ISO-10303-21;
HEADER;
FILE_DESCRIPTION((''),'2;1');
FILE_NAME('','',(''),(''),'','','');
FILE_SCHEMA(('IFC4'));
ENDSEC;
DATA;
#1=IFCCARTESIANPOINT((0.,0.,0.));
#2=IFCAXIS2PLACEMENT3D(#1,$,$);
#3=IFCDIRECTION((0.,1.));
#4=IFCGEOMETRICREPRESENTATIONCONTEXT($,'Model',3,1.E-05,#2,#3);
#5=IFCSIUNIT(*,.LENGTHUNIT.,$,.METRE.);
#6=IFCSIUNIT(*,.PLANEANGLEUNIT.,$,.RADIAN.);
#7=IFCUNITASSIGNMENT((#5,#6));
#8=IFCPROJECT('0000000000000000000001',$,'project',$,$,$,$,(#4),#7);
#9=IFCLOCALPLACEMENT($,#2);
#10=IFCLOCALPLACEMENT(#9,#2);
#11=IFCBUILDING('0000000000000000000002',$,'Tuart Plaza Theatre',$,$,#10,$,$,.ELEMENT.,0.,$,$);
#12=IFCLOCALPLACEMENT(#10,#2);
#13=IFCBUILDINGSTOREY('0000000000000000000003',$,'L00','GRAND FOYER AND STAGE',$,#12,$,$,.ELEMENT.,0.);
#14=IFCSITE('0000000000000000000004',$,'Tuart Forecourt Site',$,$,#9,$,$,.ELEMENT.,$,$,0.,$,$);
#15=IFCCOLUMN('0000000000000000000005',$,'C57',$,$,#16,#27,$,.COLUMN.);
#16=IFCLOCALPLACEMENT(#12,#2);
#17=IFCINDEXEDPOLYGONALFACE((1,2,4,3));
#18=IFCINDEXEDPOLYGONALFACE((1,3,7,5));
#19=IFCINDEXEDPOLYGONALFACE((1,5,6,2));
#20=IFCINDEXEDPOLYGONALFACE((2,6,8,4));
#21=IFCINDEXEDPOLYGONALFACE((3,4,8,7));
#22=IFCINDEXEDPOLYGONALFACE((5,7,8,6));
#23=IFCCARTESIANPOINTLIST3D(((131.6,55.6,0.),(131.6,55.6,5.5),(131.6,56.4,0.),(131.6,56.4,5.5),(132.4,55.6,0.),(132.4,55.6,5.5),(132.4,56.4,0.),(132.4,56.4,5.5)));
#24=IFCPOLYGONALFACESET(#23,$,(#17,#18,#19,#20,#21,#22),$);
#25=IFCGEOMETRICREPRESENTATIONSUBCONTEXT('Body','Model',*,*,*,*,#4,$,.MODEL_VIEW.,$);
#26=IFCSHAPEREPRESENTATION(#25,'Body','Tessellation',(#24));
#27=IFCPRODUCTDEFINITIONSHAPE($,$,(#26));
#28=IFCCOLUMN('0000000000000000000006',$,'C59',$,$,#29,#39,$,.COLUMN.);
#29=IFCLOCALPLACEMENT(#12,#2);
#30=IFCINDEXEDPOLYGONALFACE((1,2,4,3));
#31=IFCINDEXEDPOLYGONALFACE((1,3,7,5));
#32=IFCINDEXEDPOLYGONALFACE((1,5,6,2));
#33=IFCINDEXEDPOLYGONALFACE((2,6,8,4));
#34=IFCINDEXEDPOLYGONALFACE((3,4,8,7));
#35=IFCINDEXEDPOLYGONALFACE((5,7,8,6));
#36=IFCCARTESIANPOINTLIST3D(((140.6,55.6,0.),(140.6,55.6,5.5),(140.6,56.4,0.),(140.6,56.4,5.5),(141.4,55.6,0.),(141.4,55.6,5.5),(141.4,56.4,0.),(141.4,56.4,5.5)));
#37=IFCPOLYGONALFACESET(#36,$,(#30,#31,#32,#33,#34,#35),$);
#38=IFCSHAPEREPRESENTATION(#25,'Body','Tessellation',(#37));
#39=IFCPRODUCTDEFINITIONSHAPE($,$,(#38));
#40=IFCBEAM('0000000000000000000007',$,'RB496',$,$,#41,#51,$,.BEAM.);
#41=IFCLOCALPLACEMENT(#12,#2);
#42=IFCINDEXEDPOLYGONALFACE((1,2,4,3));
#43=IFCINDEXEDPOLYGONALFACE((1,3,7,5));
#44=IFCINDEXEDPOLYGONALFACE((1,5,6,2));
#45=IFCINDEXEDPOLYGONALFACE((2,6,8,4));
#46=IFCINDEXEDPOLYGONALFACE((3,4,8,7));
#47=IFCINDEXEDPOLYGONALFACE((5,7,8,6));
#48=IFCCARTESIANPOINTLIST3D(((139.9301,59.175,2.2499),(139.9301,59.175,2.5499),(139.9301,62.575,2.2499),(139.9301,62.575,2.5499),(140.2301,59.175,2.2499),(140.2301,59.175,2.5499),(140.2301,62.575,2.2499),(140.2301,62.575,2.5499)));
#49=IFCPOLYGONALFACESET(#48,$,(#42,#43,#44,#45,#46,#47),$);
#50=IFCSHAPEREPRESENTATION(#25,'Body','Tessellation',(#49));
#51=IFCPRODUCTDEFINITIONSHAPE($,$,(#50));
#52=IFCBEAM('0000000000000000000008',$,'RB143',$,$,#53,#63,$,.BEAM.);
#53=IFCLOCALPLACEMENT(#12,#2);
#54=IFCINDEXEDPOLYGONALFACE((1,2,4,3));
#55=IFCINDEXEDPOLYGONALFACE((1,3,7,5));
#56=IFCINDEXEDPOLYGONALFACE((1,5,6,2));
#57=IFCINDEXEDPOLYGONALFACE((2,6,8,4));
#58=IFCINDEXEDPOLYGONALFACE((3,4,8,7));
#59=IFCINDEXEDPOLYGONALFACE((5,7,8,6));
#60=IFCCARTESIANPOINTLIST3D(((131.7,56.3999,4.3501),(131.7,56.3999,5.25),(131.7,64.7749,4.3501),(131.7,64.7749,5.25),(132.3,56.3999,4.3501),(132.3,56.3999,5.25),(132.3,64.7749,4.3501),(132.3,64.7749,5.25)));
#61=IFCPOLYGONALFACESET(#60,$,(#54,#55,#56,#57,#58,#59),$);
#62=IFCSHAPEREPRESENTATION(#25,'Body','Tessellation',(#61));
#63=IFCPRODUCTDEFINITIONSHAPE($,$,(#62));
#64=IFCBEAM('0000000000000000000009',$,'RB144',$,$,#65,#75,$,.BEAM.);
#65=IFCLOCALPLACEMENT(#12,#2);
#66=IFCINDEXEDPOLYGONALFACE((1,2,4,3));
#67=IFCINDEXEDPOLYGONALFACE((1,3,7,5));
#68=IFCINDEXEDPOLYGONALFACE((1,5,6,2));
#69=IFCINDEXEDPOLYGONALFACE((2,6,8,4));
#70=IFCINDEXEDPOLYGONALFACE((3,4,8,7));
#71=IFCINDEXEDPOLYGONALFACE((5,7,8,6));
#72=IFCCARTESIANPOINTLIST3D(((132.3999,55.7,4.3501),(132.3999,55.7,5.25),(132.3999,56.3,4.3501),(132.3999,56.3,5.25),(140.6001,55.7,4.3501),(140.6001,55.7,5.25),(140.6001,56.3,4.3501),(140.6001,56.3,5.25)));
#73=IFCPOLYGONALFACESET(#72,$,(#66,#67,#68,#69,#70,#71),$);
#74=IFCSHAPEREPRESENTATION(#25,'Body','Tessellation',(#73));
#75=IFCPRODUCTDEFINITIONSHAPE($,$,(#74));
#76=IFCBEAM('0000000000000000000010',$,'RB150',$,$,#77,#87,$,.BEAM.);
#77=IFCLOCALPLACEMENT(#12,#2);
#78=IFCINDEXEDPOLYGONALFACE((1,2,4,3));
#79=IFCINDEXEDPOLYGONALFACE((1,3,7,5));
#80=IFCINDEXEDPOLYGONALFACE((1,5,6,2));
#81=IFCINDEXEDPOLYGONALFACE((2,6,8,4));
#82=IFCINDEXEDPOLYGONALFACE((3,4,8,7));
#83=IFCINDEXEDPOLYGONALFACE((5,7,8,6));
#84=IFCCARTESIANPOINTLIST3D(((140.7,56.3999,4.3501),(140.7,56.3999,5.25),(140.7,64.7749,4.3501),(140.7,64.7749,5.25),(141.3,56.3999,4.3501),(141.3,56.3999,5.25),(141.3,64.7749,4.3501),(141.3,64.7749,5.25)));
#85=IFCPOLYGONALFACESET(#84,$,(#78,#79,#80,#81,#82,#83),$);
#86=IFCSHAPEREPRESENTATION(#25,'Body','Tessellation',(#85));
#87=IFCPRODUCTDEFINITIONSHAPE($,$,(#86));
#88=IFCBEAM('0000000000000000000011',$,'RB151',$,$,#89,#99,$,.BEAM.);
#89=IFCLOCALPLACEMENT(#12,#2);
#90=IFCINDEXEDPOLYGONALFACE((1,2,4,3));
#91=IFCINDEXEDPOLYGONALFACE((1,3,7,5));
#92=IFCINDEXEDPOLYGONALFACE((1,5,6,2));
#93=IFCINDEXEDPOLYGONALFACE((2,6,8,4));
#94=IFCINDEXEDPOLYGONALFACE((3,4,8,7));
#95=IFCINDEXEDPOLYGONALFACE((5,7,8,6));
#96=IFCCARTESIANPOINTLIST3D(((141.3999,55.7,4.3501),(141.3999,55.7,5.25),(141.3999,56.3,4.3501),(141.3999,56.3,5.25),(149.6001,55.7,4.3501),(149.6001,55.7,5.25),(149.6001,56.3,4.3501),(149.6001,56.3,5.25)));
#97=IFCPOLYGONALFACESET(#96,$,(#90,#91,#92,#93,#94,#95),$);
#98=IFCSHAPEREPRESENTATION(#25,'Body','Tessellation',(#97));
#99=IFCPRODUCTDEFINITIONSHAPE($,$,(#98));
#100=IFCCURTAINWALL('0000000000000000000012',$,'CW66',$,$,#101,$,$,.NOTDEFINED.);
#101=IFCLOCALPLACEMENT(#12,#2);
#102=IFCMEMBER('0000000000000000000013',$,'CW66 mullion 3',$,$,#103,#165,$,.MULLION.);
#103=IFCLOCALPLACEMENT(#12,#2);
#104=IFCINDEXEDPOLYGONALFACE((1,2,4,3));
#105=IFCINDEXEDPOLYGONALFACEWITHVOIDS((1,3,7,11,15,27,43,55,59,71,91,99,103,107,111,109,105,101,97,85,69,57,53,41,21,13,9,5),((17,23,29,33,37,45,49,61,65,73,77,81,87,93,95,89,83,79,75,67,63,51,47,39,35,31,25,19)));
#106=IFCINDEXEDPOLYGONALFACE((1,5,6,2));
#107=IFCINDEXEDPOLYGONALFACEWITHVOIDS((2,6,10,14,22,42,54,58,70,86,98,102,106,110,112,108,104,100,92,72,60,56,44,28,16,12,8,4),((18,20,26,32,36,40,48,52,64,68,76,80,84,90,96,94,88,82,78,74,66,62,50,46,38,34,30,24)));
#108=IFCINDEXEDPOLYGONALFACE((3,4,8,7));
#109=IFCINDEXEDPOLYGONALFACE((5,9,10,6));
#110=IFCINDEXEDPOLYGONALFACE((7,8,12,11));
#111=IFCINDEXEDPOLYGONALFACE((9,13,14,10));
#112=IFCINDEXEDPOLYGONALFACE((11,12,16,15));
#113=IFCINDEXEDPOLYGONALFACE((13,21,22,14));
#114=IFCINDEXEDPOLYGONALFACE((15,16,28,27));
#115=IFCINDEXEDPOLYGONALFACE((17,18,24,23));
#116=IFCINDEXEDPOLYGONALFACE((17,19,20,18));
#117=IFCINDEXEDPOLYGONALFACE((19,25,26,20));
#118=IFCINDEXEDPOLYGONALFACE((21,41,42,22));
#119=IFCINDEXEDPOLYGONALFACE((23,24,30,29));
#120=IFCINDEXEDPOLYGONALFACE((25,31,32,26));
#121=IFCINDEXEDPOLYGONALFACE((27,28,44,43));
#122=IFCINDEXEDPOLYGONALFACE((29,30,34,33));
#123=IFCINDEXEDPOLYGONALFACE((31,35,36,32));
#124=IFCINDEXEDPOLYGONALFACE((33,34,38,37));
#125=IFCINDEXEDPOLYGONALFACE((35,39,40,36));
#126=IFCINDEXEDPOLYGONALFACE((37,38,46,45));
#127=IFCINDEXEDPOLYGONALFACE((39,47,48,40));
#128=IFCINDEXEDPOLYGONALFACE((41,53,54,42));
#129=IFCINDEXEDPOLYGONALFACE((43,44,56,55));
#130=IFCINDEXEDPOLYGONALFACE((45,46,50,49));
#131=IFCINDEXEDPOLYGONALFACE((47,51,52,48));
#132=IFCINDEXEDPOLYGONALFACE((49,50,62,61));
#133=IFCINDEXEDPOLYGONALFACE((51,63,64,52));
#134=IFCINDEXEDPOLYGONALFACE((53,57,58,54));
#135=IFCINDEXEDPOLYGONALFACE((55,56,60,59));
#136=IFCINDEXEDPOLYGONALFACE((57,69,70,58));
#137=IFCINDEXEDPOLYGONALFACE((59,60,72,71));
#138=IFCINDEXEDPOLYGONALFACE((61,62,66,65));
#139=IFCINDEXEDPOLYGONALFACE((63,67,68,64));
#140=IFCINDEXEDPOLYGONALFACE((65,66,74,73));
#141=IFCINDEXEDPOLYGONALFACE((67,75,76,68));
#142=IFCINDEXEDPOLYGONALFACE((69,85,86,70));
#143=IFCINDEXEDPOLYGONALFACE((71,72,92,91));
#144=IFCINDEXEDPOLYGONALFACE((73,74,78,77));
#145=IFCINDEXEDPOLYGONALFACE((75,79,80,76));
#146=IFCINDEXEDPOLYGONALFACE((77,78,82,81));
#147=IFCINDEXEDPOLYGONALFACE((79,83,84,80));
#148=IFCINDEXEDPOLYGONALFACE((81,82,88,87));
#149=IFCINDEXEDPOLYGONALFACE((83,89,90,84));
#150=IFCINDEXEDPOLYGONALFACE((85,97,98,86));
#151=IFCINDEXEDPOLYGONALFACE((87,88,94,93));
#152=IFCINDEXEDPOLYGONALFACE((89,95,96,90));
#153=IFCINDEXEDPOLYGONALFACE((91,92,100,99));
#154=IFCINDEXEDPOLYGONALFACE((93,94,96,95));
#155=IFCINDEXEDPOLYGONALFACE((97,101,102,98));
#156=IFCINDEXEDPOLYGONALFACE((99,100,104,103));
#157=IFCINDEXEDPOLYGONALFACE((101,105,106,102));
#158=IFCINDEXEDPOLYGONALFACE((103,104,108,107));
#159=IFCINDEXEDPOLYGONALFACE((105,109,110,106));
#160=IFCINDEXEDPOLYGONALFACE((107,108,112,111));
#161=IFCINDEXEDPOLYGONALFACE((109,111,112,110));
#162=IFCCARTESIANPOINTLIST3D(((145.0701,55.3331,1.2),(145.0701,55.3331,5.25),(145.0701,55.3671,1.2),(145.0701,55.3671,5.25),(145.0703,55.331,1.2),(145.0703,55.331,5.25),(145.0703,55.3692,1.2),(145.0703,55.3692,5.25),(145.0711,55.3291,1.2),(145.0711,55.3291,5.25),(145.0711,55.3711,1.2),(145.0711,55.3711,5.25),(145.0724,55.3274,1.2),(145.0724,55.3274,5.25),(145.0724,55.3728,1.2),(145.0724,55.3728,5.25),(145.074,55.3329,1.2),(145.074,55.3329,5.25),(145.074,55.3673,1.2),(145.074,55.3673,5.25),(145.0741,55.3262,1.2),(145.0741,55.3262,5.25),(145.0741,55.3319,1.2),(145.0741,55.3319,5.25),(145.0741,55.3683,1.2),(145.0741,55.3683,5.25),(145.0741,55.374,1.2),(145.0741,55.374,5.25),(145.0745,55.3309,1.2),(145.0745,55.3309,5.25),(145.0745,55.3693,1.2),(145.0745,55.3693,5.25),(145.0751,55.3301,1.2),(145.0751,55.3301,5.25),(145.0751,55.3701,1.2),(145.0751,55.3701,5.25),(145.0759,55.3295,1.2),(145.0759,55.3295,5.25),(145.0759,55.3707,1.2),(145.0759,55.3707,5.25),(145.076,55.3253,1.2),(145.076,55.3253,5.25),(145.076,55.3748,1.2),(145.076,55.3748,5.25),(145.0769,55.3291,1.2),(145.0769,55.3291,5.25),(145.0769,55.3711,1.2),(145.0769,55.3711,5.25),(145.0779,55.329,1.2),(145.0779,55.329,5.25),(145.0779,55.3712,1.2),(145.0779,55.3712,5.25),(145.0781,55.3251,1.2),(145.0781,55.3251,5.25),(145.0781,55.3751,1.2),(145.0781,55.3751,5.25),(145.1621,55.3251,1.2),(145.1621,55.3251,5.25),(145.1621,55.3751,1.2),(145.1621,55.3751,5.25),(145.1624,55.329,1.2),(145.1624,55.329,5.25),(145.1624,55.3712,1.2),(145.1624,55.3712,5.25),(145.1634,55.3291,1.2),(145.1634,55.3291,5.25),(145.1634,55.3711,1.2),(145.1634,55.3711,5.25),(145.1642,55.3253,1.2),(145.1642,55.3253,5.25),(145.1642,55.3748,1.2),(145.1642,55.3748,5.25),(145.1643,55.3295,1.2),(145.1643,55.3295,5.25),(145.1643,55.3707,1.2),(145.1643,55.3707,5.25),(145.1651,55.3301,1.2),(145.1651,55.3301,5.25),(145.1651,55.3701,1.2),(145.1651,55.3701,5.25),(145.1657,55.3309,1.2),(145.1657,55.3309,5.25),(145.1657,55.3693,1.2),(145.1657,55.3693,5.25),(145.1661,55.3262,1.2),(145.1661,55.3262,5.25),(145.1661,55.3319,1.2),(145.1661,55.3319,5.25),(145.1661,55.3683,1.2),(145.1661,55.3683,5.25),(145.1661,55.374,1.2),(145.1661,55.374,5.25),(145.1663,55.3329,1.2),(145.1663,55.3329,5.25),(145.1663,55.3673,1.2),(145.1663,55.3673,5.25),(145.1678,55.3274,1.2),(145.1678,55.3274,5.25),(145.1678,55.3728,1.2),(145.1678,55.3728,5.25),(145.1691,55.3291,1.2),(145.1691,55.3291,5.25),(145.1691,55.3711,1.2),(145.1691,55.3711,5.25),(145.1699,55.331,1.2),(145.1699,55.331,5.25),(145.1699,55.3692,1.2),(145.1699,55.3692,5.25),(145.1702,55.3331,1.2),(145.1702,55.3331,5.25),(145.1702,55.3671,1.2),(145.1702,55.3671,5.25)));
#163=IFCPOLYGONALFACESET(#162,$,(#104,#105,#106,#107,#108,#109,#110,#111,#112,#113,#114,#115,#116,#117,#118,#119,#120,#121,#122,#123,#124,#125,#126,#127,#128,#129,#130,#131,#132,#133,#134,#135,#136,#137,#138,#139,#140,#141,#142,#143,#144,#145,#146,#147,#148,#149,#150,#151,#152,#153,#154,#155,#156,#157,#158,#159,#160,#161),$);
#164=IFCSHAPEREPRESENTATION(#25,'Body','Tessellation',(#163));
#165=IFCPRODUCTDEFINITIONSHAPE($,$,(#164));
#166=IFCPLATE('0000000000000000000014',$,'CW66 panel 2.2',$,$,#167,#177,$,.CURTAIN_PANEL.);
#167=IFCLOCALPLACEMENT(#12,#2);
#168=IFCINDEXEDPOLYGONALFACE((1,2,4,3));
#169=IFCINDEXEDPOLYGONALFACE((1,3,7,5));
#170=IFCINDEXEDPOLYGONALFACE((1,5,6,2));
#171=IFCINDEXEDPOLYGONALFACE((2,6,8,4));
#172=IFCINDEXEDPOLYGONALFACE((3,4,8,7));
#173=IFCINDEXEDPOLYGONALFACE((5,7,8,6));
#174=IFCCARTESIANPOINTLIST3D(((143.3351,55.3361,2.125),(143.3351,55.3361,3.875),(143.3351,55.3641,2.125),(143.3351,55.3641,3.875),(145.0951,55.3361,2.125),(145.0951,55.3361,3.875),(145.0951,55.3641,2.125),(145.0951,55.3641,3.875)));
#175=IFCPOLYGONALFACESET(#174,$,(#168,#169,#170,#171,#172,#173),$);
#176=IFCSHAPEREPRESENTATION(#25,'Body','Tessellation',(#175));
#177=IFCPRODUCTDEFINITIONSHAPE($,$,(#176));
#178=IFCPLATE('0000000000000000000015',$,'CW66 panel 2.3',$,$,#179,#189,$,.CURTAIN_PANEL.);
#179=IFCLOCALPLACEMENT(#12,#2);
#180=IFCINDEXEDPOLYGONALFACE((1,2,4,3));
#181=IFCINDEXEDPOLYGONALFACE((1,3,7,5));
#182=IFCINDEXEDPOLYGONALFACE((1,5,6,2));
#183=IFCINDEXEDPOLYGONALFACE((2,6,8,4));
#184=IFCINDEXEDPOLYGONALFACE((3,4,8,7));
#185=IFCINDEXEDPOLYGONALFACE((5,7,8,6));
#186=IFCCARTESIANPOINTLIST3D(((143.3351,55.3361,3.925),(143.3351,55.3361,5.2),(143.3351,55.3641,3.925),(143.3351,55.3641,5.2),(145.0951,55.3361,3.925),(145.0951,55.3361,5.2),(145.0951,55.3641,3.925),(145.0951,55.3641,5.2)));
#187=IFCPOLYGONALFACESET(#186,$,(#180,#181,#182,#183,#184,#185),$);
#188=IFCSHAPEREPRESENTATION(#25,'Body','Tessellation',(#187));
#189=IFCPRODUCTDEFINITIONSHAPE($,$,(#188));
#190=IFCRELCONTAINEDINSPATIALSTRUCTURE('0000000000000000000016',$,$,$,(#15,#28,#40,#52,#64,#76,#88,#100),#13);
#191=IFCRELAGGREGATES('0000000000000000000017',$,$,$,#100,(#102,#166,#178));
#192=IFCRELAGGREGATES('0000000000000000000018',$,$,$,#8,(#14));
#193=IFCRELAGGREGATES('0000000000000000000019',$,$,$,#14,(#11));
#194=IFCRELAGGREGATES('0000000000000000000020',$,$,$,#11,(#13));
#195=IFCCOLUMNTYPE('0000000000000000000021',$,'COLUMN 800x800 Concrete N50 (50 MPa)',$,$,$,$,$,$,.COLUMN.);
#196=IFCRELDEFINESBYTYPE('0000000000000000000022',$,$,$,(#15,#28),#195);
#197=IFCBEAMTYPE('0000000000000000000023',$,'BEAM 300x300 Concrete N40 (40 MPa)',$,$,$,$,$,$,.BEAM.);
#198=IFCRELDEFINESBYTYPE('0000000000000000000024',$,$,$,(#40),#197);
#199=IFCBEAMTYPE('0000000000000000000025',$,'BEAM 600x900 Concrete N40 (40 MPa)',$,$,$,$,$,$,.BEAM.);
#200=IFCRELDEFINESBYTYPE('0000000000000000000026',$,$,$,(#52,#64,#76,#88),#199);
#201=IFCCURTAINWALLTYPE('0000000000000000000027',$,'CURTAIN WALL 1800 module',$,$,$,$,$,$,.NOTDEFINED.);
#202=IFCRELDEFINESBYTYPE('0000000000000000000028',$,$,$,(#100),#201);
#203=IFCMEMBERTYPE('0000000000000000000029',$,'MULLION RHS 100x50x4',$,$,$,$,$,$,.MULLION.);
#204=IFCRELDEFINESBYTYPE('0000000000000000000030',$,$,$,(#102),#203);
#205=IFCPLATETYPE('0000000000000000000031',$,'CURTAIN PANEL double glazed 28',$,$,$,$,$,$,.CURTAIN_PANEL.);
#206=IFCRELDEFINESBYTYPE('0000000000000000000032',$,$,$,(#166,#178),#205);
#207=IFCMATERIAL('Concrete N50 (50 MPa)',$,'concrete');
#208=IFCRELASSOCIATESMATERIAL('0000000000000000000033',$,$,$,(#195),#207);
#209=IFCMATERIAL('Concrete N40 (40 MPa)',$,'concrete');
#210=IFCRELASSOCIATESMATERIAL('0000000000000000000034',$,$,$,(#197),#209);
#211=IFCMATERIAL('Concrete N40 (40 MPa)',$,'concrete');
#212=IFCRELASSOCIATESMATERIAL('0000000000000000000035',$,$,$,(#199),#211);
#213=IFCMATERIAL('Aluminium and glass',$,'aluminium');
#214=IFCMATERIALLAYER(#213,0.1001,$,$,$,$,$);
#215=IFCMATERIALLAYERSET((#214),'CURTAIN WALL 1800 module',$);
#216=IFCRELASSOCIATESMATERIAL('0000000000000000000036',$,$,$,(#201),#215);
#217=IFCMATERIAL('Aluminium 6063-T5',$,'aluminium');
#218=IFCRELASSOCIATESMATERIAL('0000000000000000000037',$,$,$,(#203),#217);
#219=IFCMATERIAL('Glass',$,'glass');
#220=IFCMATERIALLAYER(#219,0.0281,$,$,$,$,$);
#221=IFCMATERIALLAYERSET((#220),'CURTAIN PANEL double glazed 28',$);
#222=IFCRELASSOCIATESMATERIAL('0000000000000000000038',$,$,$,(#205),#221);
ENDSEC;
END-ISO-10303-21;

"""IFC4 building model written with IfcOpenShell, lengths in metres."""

from ifc_helpers import new_model, si_unit, direction, frame, origin, origin_2d, place, context, subcontext, project, spatial, rectangle, hollow_rectangle, extrude, material, layer, layer_set, material_profile, profile_set, type_object, element, aggregate, save


model = new_model("IFC4")

# Units and contexts
model_context = context("Model", 3, precision=1e-05, world=origin(), true_north=direction((0.0, 1.0)))
body_context = subcontext(model_context, "Body", "Model", "MODEL_VIEW")
ifc_project = project(units=[si_unit("LENGTHUNIT", "METRE"), si_unit("PLANEANGLEUNIT", "RADIAN")], contexts=[model_context])

# Site, building, storey
site_placement = place(None, origin())
site = spatial("IfcSite", under=ifc_project, at=site_placement, Name="Tuart Forecourt Site", CompositionType="ELEMENT", RefElevation=0.0)
building_placement = place(site_placement, origin())
building = spatial("IfcBuilding", under=site, at=building_placement, Name="Tuart Plaza Theatre", CompositionType="ELEMENT", ElevationOfRefHeight=0.0)
storey_placement = place(building_placement, origin())
storey = spatial("IfcBuildingStorey", under=building, at=storey_placement, Name="L00", Description="GRAND FOYER AND STAGE", CompositionType="ELEMENT", Elevation=0.0)

# Columns
ifc_material_1 = material(Name="Concrete N50 (50 MPa)", Category="concrete")
ifc_material_profile_1 = material_profile(ifc_material_1, rectangle(XDim=0.8, YDim=0.8, at=origin_2d()), Name="COLUMN 800x800 Concrete N50 (50 MPa)")
ifc_profile_set_1 = profile_set([ifc_material_profile_1], Name="Concrete N50 (50 MPa)")
column_type = type_object("IfcColumnType", Name="COLUMN 800x800 Concrete N50 (50 MPa)", PredefinedType="COLUMN", material=ifc_profile_set_1)
for number, where, z_axis, x_axis, name in (
    (1, (132.0, 56.0, 0.0), (0.0, 0.0, 1.0), (1.0, 0.0, 0.0), "C57"),
    (2, (141.0, 56.0, 0.0), (0.0, 0.0, 1.0), (1.0, 0.0, 0.0), "C59"),
):
    element("IfcColumn", number, at=place(storey_placement, frame(where, z_axis=z_axis, x_axis=x_axis)), inside=storey, type_object=column_type, Name=name, PredefinedType="COLUMN", context=body_context, shape_type="SweptSolid", body=[
        extrude(rectangle(XDim=0.8, YDim=0.8, at=origin_2d()), origin(), (0.0, 0.0, 1.0), 5.5),
    ])

# Beams
ifc_material_2 = material(Name="Concrete N40 (40 MPa)", Category="concrete")
ifc_material_profile_2 = material_profile(ifc_material_2, rectangle(XDim=0.3, YDim=0.3, at=origin_2d()), Name="BEAM 300x300 Concrete N40 (40 MPa)")
ifc_profile_set_2 = profile_set([ifc_material_profile_2], Name="Concrete N40 (40 MPa)")
beam_type_1 = type_object("IfcBeamType", Name="BEAM 300x300 Concrete N40 (40 MPa)", PredefinedType="BEAM", material=ifc_profile_set_2)
beam_1_placement = place(storey_placement, frame((140.0801, 59.175, 2.3999), z_axis=(0.0, 1.0, 0.0), x_axis=(-1.0, 0.0, 0.0)))
element("IfcBeam", 3, at=beam_1_placement, inside=storey, type_object=beam_type_1, Name="RB496", PredefinedType="BEAM", context=body_context, shape_type="SweptSolid", body=[
    extrude(rectangle(XDim=0.3, YDim=0.3, at=origin_2d()), origin(), (0.0, 0.0, 1.0), 3.3999),
])
ifc_material_3 = material(Name="Concrete N40 (40 MPa)", Category="concrete")
ifc_material_profile_3 = material_profile(ifc_material_3, rectangle(XDim=0.6001, YDim=0.8999, at=origin_2d()), Name="BEAM 600x900 Concrete N40 (40 MPa)")
ifc_profile_set_3 = profile_set([ifc_material_profile_3], Name="Concrete N40 (40 MPa)")
beam_type_2 = type_object("IfcBeamType", Name="BEAM 600x900 Concrete N40 (40 MPa)", PredefinedType="BEAM", material=ifc_profile_set_3)
beam_2_placement = place(storey_placement, frame((132.0, 56.3999, 4.8), z_axis=(0.0, 1.0, 0.0), x_axis=(-1.0, 0.0, 0.0)))
element("IfcBeam", 4, at=beam_2_placement, inside=storey, type_object=beam_type_2, Name="RB143", PredefinedType="BEAM", context=body_context, shape_type="SweptSolid", body=[
    extrude(rectangle(XDim=0.6001, YDim=0.8999, at=origin_2d()), origin(), (0.0, 0.0, 1.0), 8.375),
])
beam_3_placement = place(storey_placement, frame((132.3999, 56.0, 4.8), z_axis=(1.0, 0.0, 0.0), x_axis=(0.0, 1.0, 0.0)))
element("IfcBeam", 5, at=beam_3_placement, inside=storey, type_object=beam_type_2, Name="RB144", PredefinedType="BEAM", context=body_context, shape_type="SweptSolid", body=[
    extrude(rectangle(XDim=0.6001, YDim=0.8999, at=origin_2d()), origin(), (0.0, 0.0, 1.0), 8.2002),
])
beam_4_placement = place(storey_placement, frame((141.0, 56.3999, 4.8), z_axis=(0.0, 1.0, 0.0), x_axis=(-1.0, 0.0, 0.0)))
element("IfcBeam", 6, at=beam_4_placement, inside=storey, type_object=beam_type_2, Name="RB150", PredefinedType="BEAM", context=body_context, shape_type="SweptSolid", body=[
    extrude(rectangle(XDim=0.6001, YDim=0.8999, at=origin_2d()), origin(), (0.0, 0.0, 1.0), 8.375),
])
beam_5_placement = place(storey_placement, frame((141.3999, 56.0, 4.8), z_axis=(1.0, 0.0, 0.0), x_axis=(0.0, 1.0, 0.0)))
element("IfcBeam", 7, at=beam_5_placement, inside=storey, type_object=beam_type_2, Name="RB151", PredefinedType="BEAM", context=body_context, shape_type="SweptSolid", body=[
    extrude(rectangle(XDim=0.6001, YDim=0.8999, at=origin_2d()), origin(), (0.0, 0.0, 1.0), 8.2002),
])

# Curtain wall, member, plates
ifc_material_4 = material(Name="Aluminium and glass", Category="aluminium")
ifc_layer_1 = layer(ifc_material_4, 0.1001)
ifc_layer_set_1 = layer_set([ifc_layer_1], Name="CURTAIN WALL 1800 module")
curtain_wall_type = type_object("IfcCurtainWallType", Name="CURTAIN WALL 1800 module", PredefinedType="NOTDEFINED", material=ifc_layer_set_1)
curtain_wall_placement = place(storey_placement, origin())
curtain_wall = element("IfcCurtainWall", 8, at=curtain_wall_placement, inside=storey, type_object=curtain_wall_type, Name="CW66", PredefinedType="NOTDEFINED")
ifc_material_5 = material(Name="Aluminium 6063-T5", Category="aluminium")
ifc_material_profile_4 = material_profile(ifc_material_5, hollow_rectangle(XDim=0.05, YDim=0.1001, WallThickness=0.0039, InnerFilletRadius=0.0039, OuterFilletRadius=0.0081, at=origin_2d()), Name="RHS 100x50x4")
ifc_profile_set_4 = profile_set([ifc_material_profile_4], Name="Aluminium 6063-T5")
member_type = type_object("IfcMemberType", Name="MULLION RHS 100x50x4", PredefinedType="MULLION", material=ifc_profile_set_4)
member_placement = place(storey_placement, frame((145.1201, 55.3501, 1.2), z_axis=(0.0, 0.0, 1.0), x_axis=(0.0, 1.0, 0.0)))
member = element("IfcMember", 9, at=member_placement, type_object=member_type, Name="CW66 mullion 3", PredefinedType="MULLION", context=body_context, shape_type="SweptSolid", body=[
    extrude(hollow_rectangle(XDim=0.05, YDim=0.1001, WallThickness=0.0039, InnerFilletRadius=0.0039, OuterFilletRadius=0.0081, at=origin_2d()), origin(), (0.0, 0.0, 1.0), 4.05),
])
ifc_material_6 = material(Name="Glass", Category="glass")
ifc_layer_2 = layer(ifc_material_6, 0.0281)
ifc_layer_set_2 = layer_set([ifc_layer_2], Name="CURTAIN PANEL double glazed 28")
plate_type = type_object("IfcPlateType", Name="CURTAIN PANEL double glazed 28", PredefinedType="CURTAIN_PANEL", material=ifc_layer_set_2)
plate_1_placement = place(storey_placement, frame((144.2151, 55.3501, 2.125), z_axis=(0.0, 0.0, 1.0), x_axis=(1.0, 0.0, 0.0)))
plate_1 = element("IfcPlate", 10, at=plate_1_placement, type_object=plate_type, Name="CW66 panel 2.2", PredefinedType="CURTAIN_PANEL", context=body_context, shape_type="SweptSolid", body=[
    extrude(rectangle(XDim=1.76, YDim=0.0281, at=origin_2d()), origin(), (0.0, 0.0, 1.0), 1.75),
])
plate_2_placement = place(storey_placement, frame((144.2151, 55.3501, 3.925), z_axis=(0.0, 0.0, 1.0), x_axis=(1.0, 0.0, 0.0)))
plate_2 = element("IfcPlate", 11, at=plate_2_placement, type_object=plate_type, Name="CW66 panel 2.3", PredefinedType="CURTAIN_PANEL", context=body_context, shape_type="SweptSolid", body=[
    extrude(rectangle(XDim=1.76, YDim=0.0281, at=origin_2d()), origin(), (0.0, 0.0, 1.0), 1.2749),
])
aggregate(curtain_wall, [member, plate_1, plate_2])

save(model, "model.ifc")
